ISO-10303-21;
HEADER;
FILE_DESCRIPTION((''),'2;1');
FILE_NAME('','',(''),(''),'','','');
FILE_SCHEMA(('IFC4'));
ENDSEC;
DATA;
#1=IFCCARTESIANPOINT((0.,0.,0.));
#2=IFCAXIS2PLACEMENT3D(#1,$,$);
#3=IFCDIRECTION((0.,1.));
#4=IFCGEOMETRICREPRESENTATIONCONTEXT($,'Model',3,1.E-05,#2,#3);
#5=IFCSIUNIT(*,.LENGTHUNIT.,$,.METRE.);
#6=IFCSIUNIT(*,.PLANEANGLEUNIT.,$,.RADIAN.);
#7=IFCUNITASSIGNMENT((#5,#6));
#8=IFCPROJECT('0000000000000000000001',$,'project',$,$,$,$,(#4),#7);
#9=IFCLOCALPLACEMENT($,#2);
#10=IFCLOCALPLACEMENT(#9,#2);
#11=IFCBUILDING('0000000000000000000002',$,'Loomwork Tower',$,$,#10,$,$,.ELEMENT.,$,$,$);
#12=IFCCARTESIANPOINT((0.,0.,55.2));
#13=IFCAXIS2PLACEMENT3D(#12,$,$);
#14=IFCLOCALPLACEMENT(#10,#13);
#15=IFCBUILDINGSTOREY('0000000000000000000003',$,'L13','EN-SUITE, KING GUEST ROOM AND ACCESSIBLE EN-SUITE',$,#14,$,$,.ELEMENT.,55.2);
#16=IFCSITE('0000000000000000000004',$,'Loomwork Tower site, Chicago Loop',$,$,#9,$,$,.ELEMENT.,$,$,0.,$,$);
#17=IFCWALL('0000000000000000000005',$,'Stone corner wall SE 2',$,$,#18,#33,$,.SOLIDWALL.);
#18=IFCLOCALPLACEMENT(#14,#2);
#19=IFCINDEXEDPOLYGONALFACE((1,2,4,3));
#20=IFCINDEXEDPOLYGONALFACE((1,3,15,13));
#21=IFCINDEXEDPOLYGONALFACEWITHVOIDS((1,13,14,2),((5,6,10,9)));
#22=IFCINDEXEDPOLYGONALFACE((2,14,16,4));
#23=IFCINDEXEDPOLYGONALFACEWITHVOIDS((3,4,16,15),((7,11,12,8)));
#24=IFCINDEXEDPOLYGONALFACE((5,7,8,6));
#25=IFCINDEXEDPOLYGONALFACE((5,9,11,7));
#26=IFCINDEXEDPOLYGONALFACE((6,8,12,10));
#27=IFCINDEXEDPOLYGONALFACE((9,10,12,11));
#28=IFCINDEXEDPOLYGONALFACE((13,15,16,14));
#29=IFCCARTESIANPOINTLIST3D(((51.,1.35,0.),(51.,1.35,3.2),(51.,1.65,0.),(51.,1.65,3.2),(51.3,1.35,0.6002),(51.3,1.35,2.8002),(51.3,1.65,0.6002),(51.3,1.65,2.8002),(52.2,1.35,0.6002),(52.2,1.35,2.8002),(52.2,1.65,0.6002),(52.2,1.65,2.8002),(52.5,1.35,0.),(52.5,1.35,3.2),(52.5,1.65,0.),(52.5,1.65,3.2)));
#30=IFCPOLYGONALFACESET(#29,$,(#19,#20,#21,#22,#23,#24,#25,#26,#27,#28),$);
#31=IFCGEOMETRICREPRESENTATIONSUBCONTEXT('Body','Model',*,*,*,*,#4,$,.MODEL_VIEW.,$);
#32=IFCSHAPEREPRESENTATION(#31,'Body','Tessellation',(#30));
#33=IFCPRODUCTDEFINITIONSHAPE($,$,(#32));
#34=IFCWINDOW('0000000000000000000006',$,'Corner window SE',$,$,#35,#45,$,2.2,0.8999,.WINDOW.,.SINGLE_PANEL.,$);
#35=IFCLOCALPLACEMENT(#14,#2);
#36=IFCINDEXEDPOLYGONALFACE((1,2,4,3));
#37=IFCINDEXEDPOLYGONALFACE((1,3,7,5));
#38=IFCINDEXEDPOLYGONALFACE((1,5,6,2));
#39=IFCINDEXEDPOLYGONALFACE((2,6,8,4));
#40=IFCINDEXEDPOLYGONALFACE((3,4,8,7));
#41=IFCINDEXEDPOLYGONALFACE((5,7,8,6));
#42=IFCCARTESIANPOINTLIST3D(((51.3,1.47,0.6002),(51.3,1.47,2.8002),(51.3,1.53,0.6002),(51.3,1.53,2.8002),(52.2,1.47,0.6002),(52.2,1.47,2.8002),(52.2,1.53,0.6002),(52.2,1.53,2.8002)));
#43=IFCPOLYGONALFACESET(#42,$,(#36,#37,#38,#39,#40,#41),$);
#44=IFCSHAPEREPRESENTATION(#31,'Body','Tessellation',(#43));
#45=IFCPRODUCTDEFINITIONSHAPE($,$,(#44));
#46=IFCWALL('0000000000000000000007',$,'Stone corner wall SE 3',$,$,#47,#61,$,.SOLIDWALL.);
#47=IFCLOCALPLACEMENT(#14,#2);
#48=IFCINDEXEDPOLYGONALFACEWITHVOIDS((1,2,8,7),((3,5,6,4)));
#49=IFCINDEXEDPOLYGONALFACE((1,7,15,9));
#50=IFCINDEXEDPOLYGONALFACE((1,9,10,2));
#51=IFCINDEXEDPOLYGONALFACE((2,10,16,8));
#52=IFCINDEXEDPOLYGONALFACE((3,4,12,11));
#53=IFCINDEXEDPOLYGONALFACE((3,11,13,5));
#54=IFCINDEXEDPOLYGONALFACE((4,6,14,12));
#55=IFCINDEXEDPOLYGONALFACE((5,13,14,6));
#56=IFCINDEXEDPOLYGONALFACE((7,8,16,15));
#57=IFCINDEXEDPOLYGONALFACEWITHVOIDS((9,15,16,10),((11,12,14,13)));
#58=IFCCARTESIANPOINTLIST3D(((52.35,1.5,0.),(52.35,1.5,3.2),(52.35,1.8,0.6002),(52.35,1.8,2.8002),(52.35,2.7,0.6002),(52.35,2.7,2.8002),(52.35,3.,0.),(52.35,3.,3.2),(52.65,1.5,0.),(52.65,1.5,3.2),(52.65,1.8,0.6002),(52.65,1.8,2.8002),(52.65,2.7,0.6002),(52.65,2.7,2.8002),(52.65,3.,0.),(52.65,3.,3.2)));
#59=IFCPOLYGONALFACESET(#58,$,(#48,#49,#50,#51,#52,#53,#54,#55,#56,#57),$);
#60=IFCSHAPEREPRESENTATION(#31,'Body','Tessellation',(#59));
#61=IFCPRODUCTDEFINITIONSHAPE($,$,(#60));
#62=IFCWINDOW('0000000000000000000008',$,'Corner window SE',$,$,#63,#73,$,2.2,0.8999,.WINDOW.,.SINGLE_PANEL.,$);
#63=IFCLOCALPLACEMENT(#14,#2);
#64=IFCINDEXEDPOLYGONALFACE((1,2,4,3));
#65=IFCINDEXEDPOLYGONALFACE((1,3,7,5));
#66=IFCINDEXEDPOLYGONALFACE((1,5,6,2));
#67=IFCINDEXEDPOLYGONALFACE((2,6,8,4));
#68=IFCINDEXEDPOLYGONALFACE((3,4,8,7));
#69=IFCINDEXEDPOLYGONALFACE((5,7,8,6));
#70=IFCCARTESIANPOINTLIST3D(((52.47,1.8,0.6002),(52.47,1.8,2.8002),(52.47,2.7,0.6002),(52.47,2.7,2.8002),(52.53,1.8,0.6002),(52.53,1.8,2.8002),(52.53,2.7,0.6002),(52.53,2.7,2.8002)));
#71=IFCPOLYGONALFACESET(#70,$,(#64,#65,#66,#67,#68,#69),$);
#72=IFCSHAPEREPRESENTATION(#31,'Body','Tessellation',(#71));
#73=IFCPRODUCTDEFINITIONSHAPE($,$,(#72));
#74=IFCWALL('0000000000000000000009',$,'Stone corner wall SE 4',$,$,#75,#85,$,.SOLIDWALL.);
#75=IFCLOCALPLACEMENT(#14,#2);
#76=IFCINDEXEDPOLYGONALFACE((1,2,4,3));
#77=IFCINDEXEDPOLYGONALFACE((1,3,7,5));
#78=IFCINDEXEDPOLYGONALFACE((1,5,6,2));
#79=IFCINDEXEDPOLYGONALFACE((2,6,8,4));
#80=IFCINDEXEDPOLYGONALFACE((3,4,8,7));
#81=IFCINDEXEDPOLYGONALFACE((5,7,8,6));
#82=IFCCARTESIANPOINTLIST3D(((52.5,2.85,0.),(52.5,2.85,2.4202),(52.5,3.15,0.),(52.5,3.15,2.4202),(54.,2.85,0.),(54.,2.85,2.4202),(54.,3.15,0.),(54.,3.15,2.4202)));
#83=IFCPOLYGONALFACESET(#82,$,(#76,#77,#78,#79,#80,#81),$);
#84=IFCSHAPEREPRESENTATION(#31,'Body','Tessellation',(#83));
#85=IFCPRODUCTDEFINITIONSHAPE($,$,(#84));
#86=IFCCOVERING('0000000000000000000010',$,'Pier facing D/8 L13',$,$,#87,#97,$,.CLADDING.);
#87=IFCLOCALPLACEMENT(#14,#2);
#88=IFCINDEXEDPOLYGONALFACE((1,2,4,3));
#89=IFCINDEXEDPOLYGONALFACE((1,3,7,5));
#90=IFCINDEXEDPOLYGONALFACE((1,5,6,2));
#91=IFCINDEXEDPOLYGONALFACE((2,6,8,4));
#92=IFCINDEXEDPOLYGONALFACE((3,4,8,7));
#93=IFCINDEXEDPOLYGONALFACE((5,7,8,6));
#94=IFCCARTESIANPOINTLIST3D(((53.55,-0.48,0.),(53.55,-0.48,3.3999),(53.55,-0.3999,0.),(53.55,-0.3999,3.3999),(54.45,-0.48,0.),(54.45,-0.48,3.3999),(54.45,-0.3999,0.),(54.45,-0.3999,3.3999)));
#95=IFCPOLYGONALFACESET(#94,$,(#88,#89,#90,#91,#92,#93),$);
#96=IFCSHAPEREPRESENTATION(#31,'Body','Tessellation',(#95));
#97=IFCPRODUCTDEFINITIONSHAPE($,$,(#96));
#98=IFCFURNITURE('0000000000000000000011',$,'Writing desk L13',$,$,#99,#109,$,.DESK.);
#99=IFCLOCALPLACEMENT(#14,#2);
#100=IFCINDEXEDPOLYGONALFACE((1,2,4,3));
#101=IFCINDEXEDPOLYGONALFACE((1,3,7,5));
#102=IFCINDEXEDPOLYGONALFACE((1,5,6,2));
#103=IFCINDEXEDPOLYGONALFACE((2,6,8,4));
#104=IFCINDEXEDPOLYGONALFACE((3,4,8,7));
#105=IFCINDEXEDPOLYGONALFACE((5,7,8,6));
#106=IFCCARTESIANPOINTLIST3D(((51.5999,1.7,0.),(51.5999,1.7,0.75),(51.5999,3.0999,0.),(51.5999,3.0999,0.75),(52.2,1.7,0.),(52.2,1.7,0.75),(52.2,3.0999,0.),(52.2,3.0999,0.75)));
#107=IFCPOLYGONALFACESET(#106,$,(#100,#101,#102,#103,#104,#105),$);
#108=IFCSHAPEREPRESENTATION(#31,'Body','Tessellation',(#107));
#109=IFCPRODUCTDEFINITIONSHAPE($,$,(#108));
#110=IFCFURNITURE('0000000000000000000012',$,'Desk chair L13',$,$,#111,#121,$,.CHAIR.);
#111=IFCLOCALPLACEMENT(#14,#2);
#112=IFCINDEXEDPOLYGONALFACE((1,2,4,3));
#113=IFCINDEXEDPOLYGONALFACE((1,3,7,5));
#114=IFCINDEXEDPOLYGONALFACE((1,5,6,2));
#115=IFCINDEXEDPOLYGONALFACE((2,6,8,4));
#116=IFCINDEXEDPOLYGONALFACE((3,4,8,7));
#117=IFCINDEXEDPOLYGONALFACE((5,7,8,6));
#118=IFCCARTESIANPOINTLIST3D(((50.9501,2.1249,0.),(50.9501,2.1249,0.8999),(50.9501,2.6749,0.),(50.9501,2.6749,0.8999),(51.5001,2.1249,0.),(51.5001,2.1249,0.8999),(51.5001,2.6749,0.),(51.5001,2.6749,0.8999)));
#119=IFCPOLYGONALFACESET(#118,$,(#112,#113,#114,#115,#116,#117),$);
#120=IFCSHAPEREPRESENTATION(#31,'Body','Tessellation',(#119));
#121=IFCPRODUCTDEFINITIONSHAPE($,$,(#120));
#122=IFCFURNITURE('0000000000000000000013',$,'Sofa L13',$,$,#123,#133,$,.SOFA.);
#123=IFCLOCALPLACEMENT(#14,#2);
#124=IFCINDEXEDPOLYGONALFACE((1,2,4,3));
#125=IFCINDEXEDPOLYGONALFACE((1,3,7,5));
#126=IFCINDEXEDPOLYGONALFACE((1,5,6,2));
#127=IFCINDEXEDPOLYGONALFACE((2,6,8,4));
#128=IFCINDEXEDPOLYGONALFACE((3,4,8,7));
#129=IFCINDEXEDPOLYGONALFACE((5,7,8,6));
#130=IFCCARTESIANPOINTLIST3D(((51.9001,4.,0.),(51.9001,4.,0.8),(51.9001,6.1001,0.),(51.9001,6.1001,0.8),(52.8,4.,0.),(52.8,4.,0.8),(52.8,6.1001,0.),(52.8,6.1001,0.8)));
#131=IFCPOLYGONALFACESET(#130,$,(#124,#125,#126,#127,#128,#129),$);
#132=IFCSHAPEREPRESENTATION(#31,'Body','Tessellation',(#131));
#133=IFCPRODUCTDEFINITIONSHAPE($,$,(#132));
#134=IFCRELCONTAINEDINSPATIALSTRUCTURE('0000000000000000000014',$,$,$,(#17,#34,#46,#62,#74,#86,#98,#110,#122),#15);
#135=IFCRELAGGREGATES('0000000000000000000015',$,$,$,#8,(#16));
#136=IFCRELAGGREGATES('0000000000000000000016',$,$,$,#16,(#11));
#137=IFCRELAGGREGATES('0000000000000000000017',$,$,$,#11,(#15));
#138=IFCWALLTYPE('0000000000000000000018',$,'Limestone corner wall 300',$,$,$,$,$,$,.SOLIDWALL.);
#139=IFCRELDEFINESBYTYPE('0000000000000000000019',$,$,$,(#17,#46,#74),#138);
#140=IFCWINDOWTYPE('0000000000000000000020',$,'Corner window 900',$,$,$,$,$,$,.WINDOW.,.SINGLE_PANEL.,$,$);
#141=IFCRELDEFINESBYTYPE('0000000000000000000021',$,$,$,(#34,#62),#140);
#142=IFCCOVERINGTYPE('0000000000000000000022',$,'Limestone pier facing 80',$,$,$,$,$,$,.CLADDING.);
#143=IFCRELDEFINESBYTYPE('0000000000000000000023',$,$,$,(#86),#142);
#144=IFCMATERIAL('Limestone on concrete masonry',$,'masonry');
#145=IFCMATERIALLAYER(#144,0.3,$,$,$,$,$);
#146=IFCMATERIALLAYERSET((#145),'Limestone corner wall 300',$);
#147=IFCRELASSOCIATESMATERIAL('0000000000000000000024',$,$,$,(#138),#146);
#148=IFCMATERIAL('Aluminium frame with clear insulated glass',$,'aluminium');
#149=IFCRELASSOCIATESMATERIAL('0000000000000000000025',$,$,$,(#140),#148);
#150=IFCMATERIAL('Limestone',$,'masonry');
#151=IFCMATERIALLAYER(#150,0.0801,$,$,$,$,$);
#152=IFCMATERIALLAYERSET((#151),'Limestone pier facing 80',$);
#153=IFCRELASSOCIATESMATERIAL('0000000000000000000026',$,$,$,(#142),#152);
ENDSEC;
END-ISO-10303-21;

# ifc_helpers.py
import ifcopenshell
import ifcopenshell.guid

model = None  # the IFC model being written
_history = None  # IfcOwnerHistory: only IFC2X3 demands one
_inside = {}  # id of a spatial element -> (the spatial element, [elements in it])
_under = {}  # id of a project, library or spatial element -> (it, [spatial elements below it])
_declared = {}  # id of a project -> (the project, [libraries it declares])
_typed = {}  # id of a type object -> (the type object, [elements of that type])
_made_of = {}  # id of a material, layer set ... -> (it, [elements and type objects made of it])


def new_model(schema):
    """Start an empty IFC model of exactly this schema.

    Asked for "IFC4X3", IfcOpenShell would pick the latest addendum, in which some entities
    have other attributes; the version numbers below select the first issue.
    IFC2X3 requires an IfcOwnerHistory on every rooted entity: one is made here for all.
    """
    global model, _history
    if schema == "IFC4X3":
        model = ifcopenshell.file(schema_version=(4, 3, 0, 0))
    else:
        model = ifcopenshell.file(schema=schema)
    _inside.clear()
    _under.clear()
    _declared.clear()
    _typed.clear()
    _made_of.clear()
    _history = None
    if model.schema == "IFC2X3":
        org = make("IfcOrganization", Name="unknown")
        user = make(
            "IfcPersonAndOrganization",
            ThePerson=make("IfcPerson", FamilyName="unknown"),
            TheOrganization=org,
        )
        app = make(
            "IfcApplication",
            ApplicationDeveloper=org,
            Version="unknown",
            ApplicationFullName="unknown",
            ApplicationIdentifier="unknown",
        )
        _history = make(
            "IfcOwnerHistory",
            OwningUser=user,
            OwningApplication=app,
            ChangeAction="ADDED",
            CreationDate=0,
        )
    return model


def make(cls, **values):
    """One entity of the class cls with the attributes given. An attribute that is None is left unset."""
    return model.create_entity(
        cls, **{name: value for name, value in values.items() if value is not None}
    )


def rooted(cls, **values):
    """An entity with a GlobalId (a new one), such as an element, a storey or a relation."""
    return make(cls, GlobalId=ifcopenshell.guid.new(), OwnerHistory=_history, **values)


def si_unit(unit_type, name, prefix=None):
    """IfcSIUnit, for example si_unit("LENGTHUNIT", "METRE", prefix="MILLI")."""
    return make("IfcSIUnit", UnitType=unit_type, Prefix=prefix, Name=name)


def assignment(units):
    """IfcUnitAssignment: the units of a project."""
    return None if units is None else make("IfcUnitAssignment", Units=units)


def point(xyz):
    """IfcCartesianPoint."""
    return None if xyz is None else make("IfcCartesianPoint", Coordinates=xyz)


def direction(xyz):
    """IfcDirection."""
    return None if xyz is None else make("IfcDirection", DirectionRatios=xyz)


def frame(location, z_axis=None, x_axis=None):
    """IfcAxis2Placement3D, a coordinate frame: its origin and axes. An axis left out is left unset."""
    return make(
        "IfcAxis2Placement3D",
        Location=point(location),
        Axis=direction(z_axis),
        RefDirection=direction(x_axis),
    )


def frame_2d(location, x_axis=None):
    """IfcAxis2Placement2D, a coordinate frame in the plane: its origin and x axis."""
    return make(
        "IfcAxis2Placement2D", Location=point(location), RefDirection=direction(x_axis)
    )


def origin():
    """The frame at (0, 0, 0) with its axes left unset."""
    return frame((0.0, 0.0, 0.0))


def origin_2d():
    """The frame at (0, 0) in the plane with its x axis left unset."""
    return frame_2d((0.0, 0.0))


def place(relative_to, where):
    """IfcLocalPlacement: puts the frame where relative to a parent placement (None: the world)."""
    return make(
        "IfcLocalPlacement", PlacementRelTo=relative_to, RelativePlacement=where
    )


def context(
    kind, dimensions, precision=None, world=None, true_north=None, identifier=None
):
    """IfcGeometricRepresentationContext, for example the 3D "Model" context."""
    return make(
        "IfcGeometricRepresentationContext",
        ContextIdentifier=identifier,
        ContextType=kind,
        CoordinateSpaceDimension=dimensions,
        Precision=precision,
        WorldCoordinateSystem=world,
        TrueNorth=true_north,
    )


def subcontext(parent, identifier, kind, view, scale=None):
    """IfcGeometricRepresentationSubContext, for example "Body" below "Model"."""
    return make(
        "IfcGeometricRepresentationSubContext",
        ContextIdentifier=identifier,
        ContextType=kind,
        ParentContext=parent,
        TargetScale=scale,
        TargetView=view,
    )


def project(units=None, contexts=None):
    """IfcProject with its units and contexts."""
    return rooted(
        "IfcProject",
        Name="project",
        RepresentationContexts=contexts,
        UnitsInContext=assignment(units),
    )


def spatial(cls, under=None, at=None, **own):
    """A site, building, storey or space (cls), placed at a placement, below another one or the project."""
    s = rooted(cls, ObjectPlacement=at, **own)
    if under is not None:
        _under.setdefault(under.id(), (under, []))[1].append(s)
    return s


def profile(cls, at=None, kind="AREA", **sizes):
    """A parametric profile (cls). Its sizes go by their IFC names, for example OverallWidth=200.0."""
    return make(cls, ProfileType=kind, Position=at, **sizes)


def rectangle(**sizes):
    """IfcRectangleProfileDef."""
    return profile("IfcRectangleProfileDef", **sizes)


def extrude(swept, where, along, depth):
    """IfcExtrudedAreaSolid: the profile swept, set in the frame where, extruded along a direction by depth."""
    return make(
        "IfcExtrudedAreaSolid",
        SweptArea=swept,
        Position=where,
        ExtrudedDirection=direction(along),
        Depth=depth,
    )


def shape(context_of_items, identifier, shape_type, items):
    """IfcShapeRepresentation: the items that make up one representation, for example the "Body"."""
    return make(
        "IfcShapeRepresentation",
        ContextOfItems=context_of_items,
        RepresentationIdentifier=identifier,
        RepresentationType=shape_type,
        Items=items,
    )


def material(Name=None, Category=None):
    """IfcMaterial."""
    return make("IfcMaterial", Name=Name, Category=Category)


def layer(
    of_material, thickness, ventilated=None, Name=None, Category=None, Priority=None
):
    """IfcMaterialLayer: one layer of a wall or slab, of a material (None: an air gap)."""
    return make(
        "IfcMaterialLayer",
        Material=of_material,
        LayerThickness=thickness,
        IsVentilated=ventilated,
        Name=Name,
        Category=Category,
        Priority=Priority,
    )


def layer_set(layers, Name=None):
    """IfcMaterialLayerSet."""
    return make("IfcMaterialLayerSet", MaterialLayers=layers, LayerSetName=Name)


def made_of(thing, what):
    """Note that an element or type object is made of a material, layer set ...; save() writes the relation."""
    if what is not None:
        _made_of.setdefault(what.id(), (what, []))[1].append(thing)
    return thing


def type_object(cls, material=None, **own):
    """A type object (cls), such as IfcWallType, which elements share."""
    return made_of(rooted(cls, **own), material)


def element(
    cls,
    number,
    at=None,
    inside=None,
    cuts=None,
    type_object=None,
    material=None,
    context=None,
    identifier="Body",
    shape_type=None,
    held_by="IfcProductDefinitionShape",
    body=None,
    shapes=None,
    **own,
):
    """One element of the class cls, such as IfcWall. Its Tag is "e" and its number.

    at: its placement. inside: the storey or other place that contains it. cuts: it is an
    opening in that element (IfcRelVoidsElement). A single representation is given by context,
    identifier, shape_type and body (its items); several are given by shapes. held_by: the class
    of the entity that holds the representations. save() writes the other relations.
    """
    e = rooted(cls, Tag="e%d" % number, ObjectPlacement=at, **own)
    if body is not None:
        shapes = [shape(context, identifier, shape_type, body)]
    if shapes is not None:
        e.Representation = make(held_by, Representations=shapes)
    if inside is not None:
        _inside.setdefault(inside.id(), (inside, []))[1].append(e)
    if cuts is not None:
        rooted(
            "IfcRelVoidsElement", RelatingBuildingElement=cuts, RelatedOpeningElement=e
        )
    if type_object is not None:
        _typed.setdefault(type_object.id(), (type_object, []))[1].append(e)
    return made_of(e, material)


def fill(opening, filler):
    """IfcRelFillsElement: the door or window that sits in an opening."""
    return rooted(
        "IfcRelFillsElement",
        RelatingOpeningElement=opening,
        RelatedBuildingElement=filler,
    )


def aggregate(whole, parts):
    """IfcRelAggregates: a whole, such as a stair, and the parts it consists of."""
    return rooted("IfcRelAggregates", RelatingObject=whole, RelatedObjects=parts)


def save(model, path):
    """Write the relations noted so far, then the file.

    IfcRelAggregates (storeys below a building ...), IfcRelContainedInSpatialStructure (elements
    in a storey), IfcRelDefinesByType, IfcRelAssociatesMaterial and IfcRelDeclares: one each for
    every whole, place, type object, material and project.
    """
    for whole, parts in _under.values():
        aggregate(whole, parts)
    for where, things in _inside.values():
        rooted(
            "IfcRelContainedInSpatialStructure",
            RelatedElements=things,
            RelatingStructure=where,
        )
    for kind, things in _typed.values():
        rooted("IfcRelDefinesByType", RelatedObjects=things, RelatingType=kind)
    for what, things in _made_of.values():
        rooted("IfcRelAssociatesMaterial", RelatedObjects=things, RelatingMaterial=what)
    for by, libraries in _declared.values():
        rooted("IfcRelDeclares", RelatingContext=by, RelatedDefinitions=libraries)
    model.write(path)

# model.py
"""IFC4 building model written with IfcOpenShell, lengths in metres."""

from ifc_helpers import new_model, si_unit, direction, frame, frame_2d, origin, origin_2d, place, context, subcontext, project, spatial, rectangle, extrude, material, layer, layer_set, type_object, element, fill, save


model = new_model("IFC4")

# Units and contexts
model_context = context("Model", 3, precision=1e-05, world=origin(), true_north=direction((0.0, 1.0)))
body_context = subcontext(model_context, "Body", "Model", "MODEL_VIEW")
ifc_project = project(units=[si_unit("LENGTHUNIT", "METRE"), si_unit("PLANEANGLEUNIT", "RADIAN")], contexts=[model_context])

# Site, building, storey
site_placement = place(None, origin())
site = spatial("IfcSite", under=ifc_project, at=site_placement, Name="Loomwork Tower site, Chicago Loop", CompositionType="ELEMENT", RefElevation=0.0)
building_placement = place(site_placement, origin())
building = spatial("IfcBuilding", under=site, at=building_placement, Name="Loomwork Tower", CompositionType="ELEMENT")
storey_placement = place(building_placement, frame((0.0, 0.0, 55.2)))
storey = spatial("IfcBuildingStorey", under=building, at=storey_placement, Name="L13", Description="EN-SUITE, KING GUEST ROOM AND ACCESSIBLE EN-SUITE", CompositionType="ELEMENT", Elevation=55.2)

# Shared definitions
ifc_material_1 = material(Name="Limestone on concrete masonry", Category="masonry")
ifc_layer_1 = layer(ifc_material_1, 0.3)
ifc_layer_set_1 = layer_set([ifc_layer_1], Name="Limestone corner wall 300")
wall_type_1 = type_object("IfcWallType", Name="Limestone corner wall 300", PredefinedType="SOLIDWALL", material=ifc_layer_set_1)

# Walls, openings, windows
wall_1_placement = place(storey_placement, frame((51.0, 1.5, 0.0), z_axis=(0.0, 0.0, 1.0), x_axis=(1.0, 0.0, 0.0)))
wall_1 = element("IfcWall", 1, at=wall_1_placement, inside=storey, type_object=wall_type_1, Name="Stone corner wall SE 2", PredefinedType="SOLIDWALL", context=body_context, shape_type="SweptSolid", body=[
    extrude(rectangle(XDim=1.5, YDim=0.3, at=frame_2d((0.75, 0.0))), origin(), (0.0, 0.0, 1.0), 3.2),
])
opening_1_placement = place(wall_1_placement, frame((0.3, 0.0, 0.6001)))
opening_1 = element("IfcOpeningElement", 2, at=opening_1_placement, cuts=wall_1, PredefinedType="OPENING", context=body_context, shape_type="SweptSolid", body=[
    extrude(rectangle(XDim=0.8999, YDim=2.2, at=frame_2d((0.45, 1.1001))), frame((0.0, 0.1599, 0.0), z_axis=(0.0, -1.0, 0.0), x_axis=(1.0, 0.0, 0.0)), (0.0, 0.0, 1.0), 0.3201),
])
ifc_material_2 = material(Name="Aluminium frame with clear insulated glass", Category="aluminium")
window_type = type_object("IfcWindowType", Name="Corner window 900", PartitioningType="SINGLE_PANEL", PredefinedType="WINDOW", material=ifc_material_2)
window_1_placement = place(opening_1_placement, origin())
window_1 = element("IfcWindow", 3, at=window_1_placement, inside=storey, type_object=window_type, Name="Corner window SE", OverallHeight=2.2, OverallWidth=0.8999, PartitioningType="SINGLE_PANEL", PredefinedType="WINDOW", context=body_context, shape_type="SweptSolid", body=[
    extrude(rectangle(XDim=0.8999, YDim=2.2, at=frame_2d((0.45, 1.1001))), frame((0.0, 0.03, 0.0), z_axis=(0.0, -1.0, 0.0), x_axis=(1.0, 0.0, 0.0)), (0.0, 0.0, 1.0), 0.0601),
])
fill(opening_1, window_1)
wall_2_placement = place(storey_placement, frame((52.5, 1.5, 0.0), z_axis=(0.0, 0.0, 1.0), x_axis=(0.0, 1.0, 0.0)))
wall_2 = element("IfcWall", 4, at=wall_2_placement, inside=storey, type_object=wall_type_1, Name="Stone corner wall SE 3", PredefinedType="SOLIDWALL", context=body_context, shape_type="SweptSolid", body=[
    extrude(rectangle(XDim=1.5, YDim=0.3, at=frame_2d((0.75, 0.0))), origin(), (0.0, 0.0, 1.0), 3.2),
])
opening_2_placement = place(wall_2_placement, frame((0.3, 0.0, 0.6001)))
opening_2 = element("IfcOpeningElement", 5, at=opening_2_placement, cuts=wall_2, PredefinedType="OPENING", context=body_context, shape_type="SweptSolid", body=[
    extrude(rectangle(XDim=0.8999, YDim=2.2, at=frame_2d((0.45, 1.1001))), frame((0.0, 0.1599, 0.0), z_axis=(0.0, -1.0, 0.0), x_axis=(1.0, 0.0, 0.0)), (0.0, 0.0, 1.0), 0.3201),
])
window_2_placement = place(opening_2_placement, origin())
window_2 = element("IfcWindow", 6, at=window_2_placement, inside=storey, type_object=window_type, Name="Corner window SE", OverallHeight=2.2, OverallWidth=0.8999, PartitioningType="SINGLE_PANEL", PredefinedType="WINDOW", context=body_context, shape_type="SweptSolid", body=[
    extrude(rectangle(XDim=0.8999, YDim=2.2, at=frame_2d((0.45, 1.1001))), frame((0.0, 0.03, 0.0), z_axis=(0.0, -1.0, 0.0), x_axis=(1.0, 0.0, 0.0)), (0.0, 0.0, 1.0), 0.0601),
])
fill(opening_2, window_2)

# Wall
wall_3_placement = place(storey_placement, frame((52.5, 3.0, 0.0), z_axis=(0.0, 0.0, 1.0), x_axis=(1.0, 0.0, 0.0)))
element("IfcWall", 7, at=wall_3_placement, inside=storey, type_object=wall_type_1, Name="Stone corner wall SE 4", PredefinedType="SOLIDWALL", context=body_context, shape_type="SweptSolid", body=[
    extrude(rectangle(XDim=1.5, YDim=0.3, at=frame_2d((0.75, 0.0))), origin(), (0.0, 0.0, 1.0), 2.4202),
])

# Covering
ifc_material_3 = material(Name="Limestone", Category="masonry")
ifc_layer_2 = layer(ifc_material_3, 0.0801)
ifc_layer_set_2 = layer_set([ifc_layer_2], Name="Limestone pier facing 80")
covering_type = type_object("IfcCoveringType", Name="Limestone pier facing 80", PredefinedType="CLADDING", material=ifc_layer_set_2)
covering_placement = place(storey_placement, frame((54.0, -0.4399, 0.0), z_axis=(0.0, 0.0, 1.0), x_axis=(1.0, 0.0, 0.0)))
element("IfcCovering", 8, at=covering_placement, inside=storey, type_object=covering_type, Name="Pier facing D/8 L13", PredefinedType="CLADDING", context=body_context, shape_type="SweptSolid", body=[
    extrude(rectangle(XDim=0.8999, YDim=0.0801, at=origin_2d()), origin(), (0.0, 0.0, 1.0), 3.3999),
])

# Furniture
furniture_1_placement = place(storey_placement, frame((51.8999, 2.3999, 0.0), z_axis=(0.0, 0.0, 1.0), x_axis=(1.0, 0.0, 0.0)))
element("IfcFurniture", 9, at=furniture_1_placement, inside=storey, Name="Writing desk L13", PredefinedType="DESK", context=body_context, shape_type="SweptSolid", body=[
    extrude(rectangle(XDim=0.6001, YDim=1.3999, at=origin_2d()), origin(), (0.0, 0.0, 1.0), 0.75),
])
furniture_2_placement = place(storey_placement, frame((51.2251, 2.3999, 0.0), z_axis=(0.0, 0.0, 1.0), x_axis=(1.0, 0.0, 0.0)))
element("IfcFurniture", 10, at=furniture_2_placement, inside=storey, Name="Desk chair L13", PredefinedType="CHAIR", context=body_context, shape_type="SweptSolid", body=[
    extrude(rectangle(XDim=0.55, YDim=0.55, at=origin_2d()), origin(), (0.0, 0.0, 1.0), 0.8999),
])
furniture_3_placement = place(storey_placement, frame((52.3501, 5.05, 0.0), z_axis=(0.0, 0.0, 1.0), x_axis=(1.0, 0.0, 0.0)))
element("IfcFurniture", 11, at=furniture_3_placement, inside=storey, Name="Sofa L13", PredefinedType="SOFA", context=body_context, shape_type="SweptSolid", body=[
    extrude(rectangle(XDim=0.8999, YDim=2.1001, at=origin_2d()), origin(), (0.0, 0.0, 1.0), 0.8),
])

save(model, "model.ifc")
